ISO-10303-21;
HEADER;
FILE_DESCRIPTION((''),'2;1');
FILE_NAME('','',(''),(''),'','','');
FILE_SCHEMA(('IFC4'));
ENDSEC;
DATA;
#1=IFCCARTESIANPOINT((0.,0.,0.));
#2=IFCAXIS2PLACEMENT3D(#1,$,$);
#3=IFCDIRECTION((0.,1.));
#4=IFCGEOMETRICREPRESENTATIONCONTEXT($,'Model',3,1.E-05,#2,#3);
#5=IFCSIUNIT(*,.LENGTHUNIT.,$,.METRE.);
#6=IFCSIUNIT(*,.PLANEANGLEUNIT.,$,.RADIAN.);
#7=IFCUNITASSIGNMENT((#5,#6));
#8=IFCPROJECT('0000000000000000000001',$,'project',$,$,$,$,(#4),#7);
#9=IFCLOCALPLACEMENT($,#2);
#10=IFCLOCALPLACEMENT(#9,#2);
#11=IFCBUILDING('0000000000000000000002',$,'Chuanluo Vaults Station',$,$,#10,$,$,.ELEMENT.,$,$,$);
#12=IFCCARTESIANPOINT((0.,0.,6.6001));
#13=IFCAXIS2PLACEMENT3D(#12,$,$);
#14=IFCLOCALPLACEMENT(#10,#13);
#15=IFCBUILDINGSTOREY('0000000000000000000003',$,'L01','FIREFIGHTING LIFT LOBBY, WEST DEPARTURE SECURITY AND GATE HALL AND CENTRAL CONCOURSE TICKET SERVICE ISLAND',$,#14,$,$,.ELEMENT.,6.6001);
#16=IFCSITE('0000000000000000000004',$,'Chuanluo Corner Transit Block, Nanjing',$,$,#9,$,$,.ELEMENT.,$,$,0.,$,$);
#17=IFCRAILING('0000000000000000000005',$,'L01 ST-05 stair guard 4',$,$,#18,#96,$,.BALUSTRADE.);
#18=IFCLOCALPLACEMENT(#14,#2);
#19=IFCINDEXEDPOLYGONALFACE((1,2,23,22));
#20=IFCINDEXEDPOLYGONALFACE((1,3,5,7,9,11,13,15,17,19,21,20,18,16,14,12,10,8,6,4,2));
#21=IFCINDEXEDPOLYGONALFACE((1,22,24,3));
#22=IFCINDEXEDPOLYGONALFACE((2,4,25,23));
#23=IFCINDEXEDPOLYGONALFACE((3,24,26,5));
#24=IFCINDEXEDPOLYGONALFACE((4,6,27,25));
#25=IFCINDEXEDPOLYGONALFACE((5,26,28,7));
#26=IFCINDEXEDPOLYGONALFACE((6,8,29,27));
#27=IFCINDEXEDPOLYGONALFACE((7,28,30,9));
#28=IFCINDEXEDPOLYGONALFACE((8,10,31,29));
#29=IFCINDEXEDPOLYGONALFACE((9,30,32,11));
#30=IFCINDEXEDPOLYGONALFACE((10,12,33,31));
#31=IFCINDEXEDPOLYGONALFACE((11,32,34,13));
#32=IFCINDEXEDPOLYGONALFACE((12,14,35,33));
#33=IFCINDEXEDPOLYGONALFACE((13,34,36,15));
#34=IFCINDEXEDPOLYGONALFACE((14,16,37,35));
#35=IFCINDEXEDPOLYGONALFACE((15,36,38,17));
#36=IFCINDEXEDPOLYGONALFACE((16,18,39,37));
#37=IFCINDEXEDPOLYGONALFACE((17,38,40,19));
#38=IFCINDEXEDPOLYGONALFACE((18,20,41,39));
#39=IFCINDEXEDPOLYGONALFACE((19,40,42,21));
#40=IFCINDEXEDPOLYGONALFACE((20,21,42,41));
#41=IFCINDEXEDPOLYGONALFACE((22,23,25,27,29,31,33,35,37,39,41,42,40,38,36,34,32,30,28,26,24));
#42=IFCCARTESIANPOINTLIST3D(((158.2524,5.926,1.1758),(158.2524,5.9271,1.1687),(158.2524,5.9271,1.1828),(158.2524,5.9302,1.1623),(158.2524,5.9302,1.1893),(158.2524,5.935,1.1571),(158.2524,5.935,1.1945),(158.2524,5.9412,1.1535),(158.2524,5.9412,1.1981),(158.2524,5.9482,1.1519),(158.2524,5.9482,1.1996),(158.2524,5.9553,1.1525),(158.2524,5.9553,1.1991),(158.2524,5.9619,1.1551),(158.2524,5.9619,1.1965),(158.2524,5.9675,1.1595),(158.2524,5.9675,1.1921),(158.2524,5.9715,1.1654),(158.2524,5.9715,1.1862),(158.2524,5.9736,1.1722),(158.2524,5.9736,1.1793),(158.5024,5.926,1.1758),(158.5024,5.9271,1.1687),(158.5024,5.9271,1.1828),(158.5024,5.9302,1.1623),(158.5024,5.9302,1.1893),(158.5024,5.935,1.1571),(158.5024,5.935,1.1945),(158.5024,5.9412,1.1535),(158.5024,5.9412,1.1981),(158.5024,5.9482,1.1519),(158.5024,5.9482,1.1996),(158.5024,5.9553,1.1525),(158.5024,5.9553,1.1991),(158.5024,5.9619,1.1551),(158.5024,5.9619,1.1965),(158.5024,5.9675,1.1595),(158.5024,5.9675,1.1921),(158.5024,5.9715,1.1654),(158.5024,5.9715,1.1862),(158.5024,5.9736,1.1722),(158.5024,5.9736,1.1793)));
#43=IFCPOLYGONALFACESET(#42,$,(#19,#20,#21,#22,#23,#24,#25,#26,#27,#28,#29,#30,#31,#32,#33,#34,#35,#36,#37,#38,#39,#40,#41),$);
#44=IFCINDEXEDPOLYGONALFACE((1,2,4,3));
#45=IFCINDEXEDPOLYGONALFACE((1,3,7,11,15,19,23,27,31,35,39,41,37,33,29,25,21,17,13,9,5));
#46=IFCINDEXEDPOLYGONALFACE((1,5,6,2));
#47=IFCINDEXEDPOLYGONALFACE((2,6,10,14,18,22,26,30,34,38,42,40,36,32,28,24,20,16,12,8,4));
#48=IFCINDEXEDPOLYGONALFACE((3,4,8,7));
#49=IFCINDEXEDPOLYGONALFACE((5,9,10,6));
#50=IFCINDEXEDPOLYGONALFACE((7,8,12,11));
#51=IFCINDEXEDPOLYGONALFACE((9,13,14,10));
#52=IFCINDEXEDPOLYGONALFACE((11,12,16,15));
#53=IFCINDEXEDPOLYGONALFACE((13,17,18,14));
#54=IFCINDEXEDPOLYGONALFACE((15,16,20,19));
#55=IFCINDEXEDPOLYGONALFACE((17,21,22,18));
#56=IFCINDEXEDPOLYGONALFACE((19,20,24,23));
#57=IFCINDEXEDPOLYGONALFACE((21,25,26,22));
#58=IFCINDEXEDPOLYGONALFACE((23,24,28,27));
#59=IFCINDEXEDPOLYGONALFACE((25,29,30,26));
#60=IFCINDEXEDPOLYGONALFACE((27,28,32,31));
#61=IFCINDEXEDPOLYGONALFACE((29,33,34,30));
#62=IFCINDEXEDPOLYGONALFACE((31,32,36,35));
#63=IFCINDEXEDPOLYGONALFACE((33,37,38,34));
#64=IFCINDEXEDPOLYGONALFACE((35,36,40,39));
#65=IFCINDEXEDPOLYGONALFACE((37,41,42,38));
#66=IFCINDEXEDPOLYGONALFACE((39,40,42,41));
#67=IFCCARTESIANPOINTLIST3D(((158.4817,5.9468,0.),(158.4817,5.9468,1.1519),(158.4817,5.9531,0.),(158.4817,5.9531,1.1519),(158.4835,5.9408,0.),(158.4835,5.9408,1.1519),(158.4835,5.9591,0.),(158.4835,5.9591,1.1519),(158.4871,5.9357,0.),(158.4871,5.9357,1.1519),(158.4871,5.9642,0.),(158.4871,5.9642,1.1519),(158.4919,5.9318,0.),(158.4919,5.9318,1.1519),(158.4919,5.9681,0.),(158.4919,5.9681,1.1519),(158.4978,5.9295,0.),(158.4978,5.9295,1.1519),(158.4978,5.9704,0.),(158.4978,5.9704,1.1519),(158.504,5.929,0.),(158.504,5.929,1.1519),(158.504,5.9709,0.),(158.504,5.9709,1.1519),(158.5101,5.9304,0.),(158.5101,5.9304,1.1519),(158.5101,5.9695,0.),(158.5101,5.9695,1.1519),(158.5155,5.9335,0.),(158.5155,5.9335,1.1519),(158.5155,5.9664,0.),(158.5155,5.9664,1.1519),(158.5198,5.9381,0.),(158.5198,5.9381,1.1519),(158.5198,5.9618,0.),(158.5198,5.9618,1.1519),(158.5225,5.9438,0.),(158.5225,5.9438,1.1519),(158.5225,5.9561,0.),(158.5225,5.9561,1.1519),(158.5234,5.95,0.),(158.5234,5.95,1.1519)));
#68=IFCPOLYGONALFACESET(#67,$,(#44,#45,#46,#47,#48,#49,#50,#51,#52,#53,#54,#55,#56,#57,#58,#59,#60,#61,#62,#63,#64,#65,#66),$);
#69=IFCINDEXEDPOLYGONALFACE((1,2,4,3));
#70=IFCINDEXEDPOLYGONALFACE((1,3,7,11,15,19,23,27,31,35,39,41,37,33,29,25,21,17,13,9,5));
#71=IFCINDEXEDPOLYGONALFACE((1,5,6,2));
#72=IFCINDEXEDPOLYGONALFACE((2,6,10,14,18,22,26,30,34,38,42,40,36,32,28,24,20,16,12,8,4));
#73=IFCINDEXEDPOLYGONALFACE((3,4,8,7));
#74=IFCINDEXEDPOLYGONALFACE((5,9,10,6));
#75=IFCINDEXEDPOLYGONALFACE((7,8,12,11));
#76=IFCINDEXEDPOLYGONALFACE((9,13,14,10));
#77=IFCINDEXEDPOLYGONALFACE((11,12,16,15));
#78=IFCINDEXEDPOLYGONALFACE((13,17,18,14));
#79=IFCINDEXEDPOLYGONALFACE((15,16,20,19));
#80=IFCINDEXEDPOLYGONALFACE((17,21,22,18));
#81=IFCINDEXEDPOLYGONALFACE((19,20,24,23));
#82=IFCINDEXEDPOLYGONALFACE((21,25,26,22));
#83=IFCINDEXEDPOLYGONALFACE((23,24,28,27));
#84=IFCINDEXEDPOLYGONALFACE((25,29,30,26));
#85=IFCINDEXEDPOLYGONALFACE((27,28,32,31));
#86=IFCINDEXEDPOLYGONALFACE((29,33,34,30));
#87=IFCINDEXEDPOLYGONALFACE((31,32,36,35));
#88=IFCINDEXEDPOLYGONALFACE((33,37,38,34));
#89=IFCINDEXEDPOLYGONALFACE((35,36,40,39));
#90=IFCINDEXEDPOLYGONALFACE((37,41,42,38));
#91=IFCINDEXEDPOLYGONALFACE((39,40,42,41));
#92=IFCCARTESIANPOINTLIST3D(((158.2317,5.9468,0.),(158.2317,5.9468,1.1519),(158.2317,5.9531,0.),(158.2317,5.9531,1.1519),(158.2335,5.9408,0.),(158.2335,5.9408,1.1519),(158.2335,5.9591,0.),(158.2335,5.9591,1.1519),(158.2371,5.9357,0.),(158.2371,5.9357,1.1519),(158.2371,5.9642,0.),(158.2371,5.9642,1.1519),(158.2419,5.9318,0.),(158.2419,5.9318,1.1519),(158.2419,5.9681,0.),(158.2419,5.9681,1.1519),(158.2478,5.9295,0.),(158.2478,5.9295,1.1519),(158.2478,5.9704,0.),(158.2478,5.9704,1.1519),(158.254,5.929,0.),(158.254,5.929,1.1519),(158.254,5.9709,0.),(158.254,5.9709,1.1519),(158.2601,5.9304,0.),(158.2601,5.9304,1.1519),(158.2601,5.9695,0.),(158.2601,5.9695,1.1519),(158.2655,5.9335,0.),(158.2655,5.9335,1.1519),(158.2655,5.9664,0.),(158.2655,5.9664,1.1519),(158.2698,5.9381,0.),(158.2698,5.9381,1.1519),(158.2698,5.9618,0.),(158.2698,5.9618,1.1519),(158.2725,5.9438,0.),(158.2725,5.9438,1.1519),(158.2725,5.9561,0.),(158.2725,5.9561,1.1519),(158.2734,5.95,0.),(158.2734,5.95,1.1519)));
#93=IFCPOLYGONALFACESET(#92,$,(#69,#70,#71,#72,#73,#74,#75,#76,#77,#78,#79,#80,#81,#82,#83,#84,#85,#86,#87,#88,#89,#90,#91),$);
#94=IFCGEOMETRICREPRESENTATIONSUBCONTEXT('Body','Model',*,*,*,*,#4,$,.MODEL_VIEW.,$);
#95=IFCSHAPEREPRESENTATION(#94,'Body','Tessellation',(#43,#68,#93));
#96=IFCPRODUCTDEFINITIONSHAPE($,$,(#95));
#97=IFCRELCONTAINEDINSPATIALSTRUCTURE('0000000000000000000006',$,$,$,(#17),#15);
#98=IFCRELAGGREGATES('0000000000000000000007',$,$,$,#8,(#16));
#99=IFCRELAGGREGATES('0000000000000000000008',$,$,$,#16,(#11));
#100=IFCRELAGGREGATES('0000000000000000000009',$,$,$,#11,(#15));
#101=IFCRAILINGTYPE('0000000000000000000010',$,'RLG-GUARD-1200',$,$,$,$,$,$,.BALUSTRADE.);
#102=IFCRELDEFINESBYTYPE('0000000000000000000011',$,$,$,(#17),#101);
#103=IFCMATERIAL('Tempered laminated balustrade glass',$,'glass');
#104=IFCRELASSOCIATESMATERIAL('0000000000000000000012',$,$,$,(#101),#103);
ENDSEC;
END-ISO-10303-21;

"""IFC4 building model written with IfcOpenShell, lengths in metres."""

from ifc_helpers import new_model, si_unit, direction, frame, origin, origin_2d, place, context, subcontext, project, spatial, circle, extrude, material, type_object, element, save


model = new_model("IFC4")

# Units and contexts
model_context = context("Model", 3, precision=1e-05, world=origin(), true_north=direction((0.0, 1.0)))
body_context = subcontext(model_context, "Body", "Model", "MODEL_VIEW")
ifc_project = project(units=[si_unit("LENGTHUNIT", "METRE"), si_unit("PLANEANGLEUNIT", "RADIAN")], contexts=[model_context])

# Site, building, storey
site_placement = place(None, origin())
site = spatial("IfcSite", under=ifc_project, at=site_placement, Name="Chuanluo Corner Transit Block, Nanjing", CompositionType="ELEMENT", RefElevation=0.0)
building_placement = place(site_placement, origin())
building = spatial("IfcBuilding", under=site, at=building_placement, Name="Chuanluo Vaults Station", CompositionType="ELEMENT")
storey_placement = place(building_placement, frame((0.0, 0.0, 6.6001)))
storey = spatial("IfcBuildingStorey", under=building, at=storey_placement, Name="L01", Description="FIREFIGHTING LIFT LOBBY, WEST DEPARTURE SECURITY AND GATE HALL AND CENTRAL CONCOURSE TICKET SERVICE ISLAND", CompositionType="ELEMENT", Elevation=6.6001)

# Railing
ifc_material_1 = material(Name="Tempered laminated balustrade glass", Category="glass")
railing_type_1 = type_object("IfcRailingType", Name="RLG-GUARD-1200", PredefinedType="BALUSTRADE", material=ifc_material_1)
railing_1_placement = place(storey_placement, frame((158.5024, 5.95, 0.0)))
element("IfcRailing", 1, at=railing_1_placement, inside=storey, type_object=railing_type_1, Name="L01 ST-05 stair guard 4", PredefinedType="BALUSTRADE", context=body_context, shape_type="SweptSolid", body=[
    extrude(circle(Radius=0.0239, at=origin_2d()), frame((0.0, 0.0, 1.1758), z_axis=(-1.0, 0.0, 0.0), x_axis=(0.0, -1.0, 0.0)), (0.0, 0.0, 1.0), 0.25),
    extrude(circle(Radius=0.021, at=origin_2d()), origin(), (0.0, 0.0, 1.0), 1.1519),
    extrude(circle(Radius=0.021, at=origin_2d()), frame((-0.25, 0.0, 0.0)), (0.0, 0.0, 1.0), 1.1519),
])

save(model, "model.ifc")
